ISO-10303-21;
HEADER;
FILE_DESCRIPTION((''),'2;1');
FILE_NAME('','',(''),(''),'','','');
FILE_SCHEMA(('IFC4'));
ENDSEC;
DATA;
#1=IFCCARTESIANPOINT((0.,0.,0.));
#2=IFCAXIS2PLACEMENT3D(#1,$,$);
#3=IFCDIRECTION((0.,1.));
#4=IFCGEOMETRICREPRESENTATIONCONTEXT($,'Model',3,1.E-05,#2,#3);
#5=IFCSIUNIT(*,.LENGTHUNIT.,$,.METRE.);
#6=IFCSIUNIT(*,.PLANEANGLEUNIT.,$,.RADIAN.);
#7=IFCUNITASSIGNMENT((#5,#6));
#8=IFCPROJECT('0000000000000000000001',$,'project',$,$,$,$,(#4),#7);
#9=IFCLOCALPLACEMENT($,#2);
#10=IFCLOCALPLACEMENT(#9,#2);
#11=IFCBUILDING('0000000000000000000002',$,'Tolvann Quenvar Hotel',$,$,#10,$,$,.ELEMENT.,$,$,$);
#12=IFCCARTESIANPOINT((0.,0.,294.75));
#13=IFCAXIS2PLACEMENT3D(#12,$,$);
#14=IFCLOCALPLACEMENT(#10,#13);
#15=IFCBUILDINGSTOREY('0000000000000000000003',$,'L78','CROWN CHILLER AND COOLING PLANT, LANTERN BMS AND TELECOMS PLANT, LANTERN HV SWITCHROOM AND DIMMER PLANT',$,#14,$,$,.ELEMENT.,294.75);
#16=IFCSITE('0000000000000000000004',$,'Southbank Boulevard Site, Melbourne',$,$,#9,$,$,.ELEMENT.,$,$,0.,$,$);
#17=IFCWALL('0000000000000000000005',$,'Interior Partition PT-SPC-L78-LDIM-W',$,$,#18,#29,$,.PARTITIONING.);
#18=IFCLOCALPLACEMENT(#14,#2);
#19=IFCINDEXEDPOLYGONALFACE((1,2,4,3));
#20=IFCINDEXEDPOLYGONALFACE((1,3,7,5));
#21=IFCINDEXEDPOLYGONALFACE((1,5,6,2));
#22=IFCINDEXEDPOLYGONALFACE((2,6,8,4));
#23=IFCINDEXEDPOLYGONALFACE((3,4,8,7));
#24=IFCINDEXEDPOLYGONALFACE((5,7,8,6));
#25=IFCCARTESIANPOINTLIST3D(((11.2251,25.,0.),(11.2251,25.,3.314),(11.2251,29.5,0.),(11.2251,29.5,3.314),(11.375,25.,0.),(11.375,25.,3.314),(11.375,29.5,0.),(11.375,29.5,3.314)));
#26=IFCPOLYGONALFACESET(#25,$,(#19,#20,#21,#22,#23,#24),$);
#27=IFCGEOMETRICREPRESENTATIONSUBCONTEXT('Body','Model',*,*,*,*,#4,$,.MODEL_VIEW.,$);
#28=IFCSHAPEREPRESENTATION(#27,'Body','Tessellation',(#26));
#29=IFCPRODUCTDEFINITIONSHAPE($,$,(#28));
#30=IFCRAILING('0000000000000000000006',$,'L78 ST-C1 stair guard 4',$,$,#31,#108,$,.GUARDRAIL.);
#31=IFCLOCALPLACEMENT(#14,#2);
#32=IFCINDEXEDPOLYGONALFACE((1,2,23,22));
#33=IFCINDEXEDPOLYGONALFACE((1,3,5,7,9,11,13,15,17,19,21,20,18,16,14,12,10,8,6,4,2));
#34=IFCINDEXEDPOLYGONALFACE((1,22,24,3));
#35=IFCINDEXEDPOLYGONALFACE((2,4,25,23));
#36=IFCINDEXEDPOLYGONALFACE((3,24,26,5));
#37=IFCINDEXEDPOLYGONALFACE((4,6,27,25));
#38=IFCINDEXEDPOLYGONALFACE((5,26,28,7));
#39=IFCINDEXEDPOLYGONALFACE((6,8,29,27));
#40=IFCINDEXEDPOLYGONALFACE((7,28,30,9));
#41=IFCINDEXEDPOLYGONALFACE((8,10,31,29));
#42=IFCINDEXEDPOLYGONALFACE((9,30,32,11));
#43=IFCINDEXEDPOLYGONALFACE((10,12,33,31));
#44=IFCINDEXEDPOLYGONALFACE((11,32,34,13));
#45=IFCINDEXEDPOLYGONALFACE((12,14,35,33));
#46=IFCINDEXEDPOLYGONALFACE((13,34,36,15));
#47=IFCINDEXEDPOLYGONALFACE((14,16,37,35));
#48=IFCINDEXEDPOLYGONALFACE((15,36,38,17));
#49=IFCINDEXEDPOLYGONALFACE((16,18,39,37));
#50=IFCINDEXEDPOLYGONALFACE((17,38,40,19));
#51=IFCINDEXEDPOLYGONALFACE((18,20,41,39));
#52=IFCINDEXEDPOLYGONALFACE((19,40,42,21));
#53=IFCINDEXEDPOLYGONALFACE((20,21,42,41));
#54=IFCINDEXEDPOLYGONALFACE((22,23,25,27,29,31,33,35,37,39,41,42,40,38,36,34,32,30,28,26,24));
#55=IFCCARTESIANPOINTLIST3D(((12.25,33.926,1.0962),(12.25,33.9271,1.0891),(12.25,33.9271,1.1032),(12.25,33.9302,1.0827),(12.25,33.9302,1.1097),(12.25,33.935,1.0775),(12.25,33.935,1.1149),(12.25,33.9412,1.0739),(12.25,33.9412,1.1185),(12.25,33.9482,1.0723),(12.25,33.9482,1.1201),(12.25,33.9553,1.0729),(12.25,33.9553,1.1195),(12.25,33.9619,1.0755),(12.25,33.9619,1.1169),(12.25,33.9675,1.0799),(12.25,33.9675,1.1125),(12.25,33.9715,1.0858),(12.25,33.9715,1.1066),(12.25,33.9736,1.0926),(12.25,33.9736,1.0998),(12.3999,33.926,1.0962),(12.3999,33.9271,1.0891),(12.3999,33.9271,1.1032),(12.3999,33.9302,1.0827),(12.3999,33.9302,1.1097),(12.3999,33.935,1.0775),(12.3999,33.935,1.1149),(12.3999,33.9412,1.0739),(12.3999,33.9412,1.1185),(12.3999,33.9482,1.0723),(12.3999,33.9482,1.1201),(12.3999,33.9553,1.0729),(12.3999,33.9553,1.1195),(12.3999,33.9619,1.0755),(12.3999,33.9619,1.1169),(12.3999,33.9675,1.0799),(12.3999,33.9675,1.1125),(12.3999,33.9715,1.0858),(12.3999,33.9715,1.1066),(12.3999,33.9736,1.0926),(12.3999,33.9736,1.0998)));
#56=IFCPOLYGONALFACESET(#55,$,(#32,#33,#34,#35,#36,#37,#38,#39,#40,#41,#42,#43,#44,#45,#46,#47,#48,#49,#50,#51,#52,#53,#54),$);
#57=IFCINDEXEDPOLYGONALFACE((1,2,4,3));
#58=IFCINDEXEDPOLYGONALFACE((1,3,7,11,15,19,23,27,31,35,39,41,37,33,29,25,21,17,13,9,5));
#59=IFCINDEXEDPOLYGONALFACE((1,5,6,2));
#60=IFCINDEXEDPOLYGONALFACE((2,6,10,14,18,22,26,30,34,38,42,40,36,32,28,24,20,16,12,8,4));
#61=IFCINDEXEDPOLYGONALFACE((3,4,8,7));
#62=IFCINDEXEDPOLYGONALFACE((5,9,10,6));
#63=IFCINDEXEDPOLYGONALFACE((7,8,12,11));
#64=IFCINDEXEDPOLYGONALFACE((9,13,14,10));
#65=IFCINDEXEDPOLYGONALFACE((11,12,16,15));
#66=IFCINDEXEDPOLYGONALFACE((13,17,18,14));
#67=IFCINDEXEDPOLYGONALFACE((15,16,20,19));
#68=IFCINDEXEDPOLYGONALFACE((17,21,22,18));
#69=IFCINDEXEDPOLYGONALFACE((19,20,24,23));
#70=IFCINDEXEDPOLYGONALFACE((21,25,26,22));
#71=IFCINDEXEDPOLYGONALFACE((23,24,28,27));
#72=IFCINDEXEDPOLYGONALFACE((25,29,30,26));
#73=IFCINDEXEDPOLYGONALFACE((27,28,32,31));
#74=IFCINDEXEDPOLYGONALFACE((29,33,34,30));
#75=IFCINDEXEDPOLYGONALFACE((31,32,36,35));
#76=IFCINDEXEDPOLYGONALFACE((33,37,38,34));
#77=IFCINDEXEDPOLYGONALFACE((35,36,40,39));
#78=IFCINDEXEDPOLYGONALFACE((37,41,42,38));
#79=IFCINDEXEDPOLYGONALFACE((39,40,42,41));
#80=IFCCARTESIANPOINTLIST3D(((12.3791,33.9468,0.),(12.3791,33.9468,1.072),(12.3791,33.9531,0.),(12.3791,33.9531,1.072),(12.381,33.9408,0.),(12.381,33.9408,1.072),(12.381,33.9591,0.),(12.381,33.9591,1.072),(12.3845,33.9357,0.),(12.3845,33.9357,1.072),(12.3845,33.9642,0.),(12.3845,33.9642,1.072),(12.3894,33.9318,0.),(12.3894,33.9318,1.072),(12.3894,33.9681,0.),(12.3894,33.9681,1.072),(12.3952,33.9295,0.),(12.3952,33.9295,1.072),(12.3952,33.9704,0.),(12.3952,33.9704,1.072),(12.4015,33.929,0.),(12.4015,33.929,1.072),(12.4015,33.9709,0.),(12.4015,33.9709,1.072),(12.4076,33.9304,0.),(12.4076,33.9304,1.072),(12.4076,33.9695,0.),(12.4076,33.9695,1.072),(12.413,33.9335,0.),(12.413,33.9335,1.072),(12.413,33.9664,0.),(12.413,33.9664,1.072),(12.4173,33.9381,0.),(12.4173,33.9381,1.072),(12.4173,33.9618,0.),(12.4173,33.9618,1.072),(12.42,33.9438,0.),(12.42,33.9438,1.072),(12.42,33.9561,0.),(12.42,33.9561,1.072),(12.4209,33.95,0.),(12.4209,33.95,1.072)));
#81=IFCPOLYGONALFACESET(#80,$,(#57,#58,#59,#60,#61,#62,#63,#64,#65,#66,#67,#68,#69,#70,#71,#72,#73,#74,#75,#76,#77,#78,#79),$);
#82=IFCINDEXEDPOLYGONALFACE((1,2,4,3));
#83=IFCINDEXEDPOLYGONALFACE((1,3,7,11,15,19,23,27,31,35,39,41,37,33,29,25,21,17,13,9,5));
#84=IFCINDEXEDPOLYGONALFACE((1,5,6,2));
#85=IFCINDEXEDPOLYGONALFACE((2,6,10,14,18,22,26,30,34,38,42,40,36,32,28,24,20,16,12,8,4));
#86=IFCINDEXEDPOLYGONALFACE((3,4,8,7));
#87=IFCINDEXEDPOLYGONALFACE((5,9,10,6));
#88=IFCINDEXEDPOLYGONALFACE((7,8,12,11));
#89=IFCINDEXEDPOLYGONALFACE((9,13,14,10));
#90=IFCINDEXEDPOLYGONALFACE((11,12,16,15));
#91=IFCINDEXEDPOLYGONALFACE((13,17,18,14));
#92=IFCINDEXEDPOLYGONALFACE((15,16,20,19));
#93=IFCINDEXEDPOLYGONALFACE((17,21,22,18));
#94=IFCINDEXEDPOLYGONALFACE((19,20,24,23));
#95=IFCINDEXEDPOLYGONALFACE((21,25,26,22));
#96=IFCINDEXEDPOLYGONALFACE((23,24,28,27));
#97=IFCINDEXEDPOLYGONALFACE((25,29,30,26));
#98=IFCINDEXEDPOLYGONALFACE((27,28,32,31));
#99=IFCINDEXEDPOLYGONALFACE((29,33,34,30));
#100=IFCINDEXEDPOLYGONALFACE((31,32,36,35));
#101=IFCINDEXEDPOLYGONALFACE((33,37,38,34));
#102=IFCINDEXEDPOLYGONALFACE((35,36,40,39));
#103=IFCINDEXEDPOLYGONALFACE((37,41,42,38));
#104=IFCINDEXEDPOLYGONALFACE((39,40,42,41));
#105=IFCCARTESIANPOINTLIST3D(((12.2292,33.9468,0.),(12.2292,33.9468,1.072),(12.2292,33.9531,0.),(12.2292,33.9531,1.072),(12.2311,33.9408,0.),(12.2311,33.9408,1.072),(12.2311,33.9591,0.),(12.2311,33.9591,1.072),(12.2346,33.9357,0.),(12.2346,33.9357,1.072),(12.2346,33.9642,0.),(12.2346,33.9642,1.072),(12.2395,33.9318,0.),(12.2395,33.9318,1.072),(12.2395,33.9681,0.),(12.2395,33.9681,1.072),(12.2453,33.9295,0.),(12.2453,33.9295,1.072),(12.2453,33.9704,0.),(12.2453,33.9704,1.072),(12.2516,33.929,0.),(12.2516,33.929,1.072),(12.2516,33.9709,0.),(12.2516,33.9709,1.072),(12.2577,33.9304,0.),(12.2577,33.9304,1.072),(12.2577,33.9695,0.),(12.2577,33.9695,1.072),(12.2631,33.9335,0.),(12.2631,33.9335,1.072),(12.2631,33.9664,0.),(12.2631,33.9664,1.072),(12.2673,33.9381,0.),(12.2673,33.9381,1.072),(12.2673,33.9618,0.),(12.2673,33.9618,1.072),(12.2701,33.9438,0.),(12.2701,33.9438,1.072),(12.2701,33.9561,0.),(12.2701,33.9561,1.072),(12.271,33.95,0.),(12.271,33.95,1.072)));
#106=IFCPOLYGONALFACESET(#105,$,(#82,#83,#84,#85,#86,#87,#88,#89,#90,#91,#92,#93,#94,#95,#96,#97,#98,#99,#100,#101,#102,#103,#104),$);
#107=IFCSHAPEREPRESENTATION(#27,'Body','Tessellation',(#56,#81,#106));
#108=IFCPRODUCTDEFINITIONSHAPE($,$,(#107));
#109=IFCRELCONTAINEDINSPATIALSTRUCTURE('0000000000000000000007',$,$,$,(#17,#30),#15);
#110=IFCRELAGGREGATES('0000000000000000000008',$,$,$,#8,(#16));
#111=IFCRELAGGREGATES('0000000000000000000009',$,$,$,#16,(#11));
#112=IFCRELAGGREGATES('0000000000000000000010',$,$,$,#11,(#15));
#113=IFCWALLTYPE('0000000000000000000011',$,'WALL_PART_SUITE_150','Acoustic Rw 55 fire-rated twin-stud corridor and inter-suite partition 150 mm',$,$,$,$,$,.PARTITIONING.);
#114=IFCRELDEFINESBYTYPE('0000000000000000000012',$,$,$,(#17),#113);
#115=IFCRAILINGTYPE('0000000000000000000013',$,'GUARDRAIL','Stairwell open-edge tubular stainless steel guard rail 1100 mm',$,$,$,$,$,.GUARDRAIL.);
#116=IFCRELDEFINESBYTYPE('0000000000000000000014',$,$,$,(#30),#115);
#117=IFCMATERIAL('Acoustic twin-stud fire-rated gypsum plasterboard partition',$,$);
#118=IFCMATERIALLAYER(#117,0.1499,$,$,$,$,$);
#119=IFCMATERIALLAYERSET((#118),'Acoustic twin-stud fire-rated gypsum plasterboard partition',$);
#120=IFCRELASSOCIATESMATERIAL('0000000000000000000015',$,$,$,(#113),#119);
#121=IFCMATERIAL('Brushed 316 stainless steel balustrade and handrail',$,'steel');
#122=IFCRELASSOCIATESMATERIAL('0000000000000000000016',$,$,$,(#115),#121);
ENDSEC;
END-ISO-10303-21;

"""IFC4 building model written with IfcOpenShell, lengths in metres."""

from ifc_helpers import new_model, si_unit, direction, frame, frame_2d, origin, origin_2d, place, context, subcontext, project, spatial, rectangle, circle, extrude, material, layer, layer_set, type_object, element, save


model = new_model("IFC4")

# Units and contexts
model_context = context("Model", 3, precision=1e-05, world=origin(), true_north=direction((0.0, 1.0)))
body_context = subcontext(model_context, "Body", "Model", "MODEL_VIEW")
ifc_project = project(units=[si_unit("LENGTHUNIT", "METRE"), si_unit("PLANEANGLEUNIT", "RADIAN")], contexts=[model_context])

# Site, building, storey
site_placement = place(None, origin())
site = spatial("IfcSite", under=ifc_project, at=site_placement, Name="Southbank Boulevard Site, Melbourne", CompositionType="ELEMENT", RefElevation=0.0)
building_placement = place(site_placement, origin())
building = spatial("IfcBuilding", under=site, at=building_placement, Name="Tolvann Quenvar Hotel", CompositionType="ELEMENT")
storey_placement = place(building_placement, frame((0.0, 0.0, 294.75)))
storey = spatial("IfcBuildingStorey", under=building, at=storey_placement, Name="L78", Description="CROWN CHILLER AND COOLING PLANT, LANTERN BMS AND TELECOMS PLANT, LANTERN HV SWITCHROOM AND DIMMER PLANT", CompositionType="ELEMENT", Elevation=294.75)

# Shared definitions
ifc_material_1 = material(Name="Acoustic twin-stud fire-rated gypsum plasterboard partition")
ifc_layer_1 = layer(ifc_material_1, 0.1499)
ifc_layer_set_1 = layer_set([ifc_layer_1], Name="Acoustic twin-stud fire-rated gypsum plasterboard partition")
wall_type_1 = type_object("IfcWallType", Name="WALL_PART_SUITE_150", Description="Acoustic Rw 55 fire-rated twin-stud corridor and inter-suite partition 150 mm", PredefinedType="PARTITIONING", material=ifc_layer_set_1)

# Wall
wall_1_placement = place(storey_placement, frame((11.3, 25.0, 0.0), z_axis=(0.0, 0.0, 1.0), x_axis=(0.0, 1.0, 0.0)))
element("IfcWall", 1, at=wall_1_placement, inside=storey, type_object=wall_type_1, Name="Interior Partition PT-SPC-L78-LDIM-W", PredefinedType="PARTITIONING", context=body_context, shape_type="SweptSolid", body=[
    extrude(rectangle(XDim=4.5, YDim=0.1499, at=frame_2d((2.25, 0.0))), origin(), (0.0, 0.0, 1.0), 3.314),
])

# Railing
ifc_material_2 = material(Name="Brushed 316 stainless steel balustrade and handrail", Category="steel")
railing_type = type_object("IfcRailingType", Name="GUARDRAIL", Description="Stairwell open-edge tubular stainless steel guard rail 1100 mm", PredefinedType="GUARDRAIL", material=ifc_material_2)
railing_placement = place(storey_placement, frame((12.3999, 33.95, 0.0)))
element("IfcRailing", 2, at=railing_placement, inside=storey, type_object=railing_type, Name="L78 ST-C1 stair guard 4", PredefinedType="GUARDRAIL", context=body_context, shape_type="SweptSolid", body=[
    extrude(circle(Radius=0.0239, at=origin_2d()), frame((0.0, 0.0, 1.0962), z_axis=(-1.0, 0.0, 0.0), x_axis=(0.0, -1.0, 0.0)), (0.0, 0.0, 1.0), 0.1499),
    extrude(circle(Radius=0.021, at=origin_2d()), origin(), (0.0, 0.0, 1.0), 1.072),
    extrude(circle(Radius=0.021, at=origin_2d()), frame((-0.1499, 0.0, 0.0)), (0.0, 0.0, 1.0), 1.072),
])

save(model, "model.ifc")
